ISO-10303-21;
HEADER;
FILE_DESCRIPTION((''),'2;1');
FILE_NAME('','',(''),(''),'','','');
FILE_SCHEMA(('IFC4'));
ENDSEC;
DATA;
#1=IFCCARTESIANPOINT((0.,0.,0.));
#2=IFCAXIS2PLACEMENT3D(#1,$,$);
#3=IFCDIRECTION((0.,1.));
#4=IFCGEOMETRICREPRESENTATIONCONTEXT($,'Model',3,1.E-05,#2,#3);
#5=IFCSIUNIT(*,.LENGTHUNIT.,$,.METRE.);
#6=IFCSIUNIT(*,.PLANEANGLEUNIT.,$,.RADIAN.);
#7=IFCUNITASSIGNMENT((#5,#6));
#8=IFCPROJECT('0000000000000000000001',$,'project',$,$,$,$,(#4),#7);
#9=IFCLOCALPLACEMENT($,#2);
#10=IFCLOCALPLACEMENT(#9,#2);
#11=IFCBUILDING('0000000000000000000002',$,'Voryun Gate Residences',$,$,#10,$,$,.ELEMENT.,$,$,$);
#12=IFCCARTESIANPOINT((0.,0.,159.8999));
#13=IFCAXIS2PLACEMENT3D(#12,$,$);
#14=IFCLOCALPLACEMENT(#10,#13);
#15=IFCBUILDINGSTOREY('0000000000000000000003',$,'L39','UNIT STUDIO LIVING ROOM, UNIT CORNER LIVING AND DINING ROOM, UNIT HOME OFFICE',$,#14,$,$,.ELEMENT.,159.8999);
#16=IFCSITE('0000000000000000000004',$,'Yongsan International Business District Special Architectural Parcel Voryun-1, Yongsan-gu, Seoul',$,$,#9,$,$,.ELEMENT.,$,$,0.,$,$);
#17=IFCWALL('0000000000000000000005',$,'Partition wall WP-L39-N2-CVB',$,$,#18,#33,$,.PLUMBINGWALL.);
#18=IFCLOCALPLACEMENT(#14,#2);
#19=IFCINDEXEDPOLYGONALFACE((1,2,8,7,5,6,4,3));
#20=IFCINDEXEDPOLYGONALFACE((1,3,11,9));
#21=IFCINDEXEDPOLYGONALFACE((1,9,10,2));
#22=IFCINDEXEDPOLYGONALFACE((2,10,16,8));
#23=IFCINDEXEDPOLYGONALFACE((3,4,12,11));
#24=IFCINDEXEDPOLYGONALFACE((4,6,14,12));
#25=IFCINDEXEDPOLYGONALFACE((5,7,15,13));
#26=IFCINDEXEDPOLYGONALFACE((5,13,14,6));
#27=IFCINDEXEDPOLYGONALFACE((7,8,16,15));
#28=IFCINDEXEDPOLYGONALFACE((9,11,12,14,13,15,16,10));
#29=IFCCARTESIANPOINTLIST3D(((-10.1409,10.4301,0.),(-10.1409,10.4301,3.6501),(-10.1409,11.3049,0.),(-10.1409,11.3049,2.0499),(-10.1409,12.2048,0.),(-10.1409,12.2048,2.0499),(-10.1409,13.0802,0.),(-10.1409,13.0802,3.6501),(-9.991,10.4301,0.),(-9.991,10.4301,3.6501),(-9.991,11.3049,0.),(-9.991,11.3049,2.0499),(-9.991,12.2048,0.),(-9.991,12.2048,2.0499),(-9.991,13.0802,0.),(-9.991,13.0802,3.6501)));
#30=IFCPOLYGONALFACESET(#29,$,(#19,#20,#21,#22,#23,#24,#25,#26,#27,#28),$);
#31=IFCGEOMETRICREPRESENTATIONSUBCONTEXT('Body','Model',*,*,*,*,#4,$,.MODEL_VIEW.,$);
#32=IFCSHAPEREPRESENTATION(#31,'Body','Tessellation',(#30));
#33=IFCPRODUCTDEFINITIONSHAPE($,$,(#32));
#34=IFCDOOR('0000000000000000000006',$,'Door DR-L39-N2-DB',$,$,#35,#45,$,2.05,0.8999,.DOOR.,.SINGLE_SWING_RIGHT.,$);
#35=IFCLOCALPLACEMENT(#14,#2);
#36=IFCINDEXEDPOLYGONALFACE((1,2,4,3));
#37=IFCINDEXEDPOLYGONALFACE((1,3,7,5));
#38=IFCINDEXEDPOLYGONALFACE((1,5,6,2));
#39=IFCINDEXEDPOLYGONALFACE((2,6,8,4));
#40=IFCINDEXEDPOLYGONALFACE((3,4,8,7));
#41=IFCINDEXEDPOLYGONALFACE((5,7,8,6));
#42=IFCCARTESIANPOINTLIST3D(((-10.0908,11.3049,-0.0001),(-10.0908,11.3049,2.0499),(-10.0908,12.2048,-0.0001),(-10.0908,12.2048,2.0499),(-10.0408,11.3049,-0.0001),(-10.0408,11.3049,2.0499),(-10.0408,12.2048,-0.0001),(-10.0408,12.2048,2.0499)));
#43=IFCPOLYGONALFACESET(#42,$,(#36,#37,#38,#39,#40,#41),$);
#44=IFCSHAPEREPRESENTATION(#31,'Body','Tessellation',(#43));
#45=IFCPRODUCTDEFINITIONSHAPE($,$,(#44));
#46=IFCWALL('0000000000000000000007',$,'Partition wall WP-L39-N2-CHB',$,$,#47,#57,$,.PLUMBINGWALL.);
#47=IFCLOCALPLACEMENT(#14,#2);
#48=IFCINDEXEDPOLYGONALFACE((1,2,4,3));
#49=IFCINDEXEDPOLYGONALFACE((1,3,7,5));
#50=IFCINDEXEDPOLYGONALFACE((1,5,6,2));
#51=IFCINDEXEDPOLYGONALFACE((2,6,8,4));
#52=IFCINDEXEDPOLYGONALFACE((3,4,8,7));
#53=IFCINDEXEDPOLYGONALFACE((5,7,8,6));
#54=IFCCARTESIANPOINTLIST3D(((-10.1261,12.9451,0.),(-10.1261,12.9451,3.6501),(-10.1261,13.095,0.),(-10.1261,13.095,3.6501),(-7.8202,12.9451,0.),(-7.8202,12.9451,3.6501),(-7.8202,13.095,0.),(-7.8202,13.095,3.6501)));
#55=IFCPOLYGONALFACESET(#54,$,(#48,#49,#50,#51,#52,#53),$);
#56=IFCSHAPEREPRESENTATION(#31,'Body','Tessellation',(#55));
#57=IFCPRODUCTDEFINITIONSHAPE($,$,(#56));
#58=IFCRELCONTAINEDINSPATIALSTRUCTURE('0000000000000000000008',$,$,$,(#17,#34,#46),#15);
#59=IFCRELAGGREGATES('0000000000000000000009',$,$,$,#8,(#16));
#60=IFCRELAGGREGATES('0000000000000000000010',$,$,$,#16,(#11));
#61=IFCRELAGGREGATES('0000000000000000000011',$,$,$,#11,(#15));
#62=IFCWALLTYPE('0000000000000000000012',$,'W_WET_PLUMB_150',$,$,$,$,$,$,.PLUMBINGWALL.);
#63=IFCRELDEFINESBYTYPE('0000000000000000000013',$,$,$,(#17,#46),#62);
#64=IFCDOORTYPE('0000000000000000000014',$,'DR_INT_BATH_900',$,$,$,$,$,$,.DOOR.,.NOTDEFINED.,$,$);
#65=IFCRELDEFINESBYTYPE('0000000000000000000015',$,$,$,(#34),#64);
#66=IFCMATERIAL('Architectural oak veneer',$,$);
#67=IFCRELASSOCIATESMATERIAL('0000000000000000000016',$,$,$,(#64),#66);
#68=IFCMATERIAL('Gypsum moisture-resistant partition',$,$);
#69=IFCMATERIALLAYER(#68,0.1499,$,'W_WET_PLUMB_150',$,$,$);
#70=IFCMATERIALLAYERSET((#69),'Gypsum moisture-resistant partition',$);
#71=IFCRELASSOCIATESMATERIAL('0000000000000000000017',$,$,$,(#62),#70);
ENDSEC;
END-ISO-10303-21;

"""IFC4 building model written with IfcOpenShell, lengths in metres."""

from ifc_helpers import new_model, si_unit, direction, frame, frame_2d, origin, place, context, subcontext, project, spatial, rectangle, extrude, material, layer, layer_set, type_object, element, fill, save


model = new_model("IFC4")

# Units and contexts
model_context = context("Model", 3, precision=1e-05, world=origin(), true_north=direction((0.0, 1.0)))
body_context = subcontext(model_context, "Body", "Model", "MODEL_VIEW")
ifc_project = project(units=[si_unit("LENGTHUNIT", "METRE"), si_unit("PLANEANGLEUNIT", "RADIAN")], contexts=[model_context])

# Site, building, storey
site_placement = place(None, origin())
site = spatial("IfcSite", under=ifc_project, at=site_placement, Name="Yongsan International Business District Special Architectural Parcel Voryun-1, Yongsan-gu, Seoul", CompositionType="ELEMENT", RefElevation=0.0)
building_placement = place(site_placement, origin())
building = spatial("IfcBuilding", under=site, at=building_placement, Name="Voryun Gate Residences", CompositionType="ELEMENT")
storey_placement = place(building_placement, frame((0.0, 0.0, 159.8999)))
storey = spatial("IfcBuildingStorey", under=building, at=storey_placement, Name="L39", Description="UNIT STUDIO LIVING ROOM, UNIT CORNER LIVING AND DINING ROOM, UNIT HOME OFFICE", CompositionType="ELEMENT", Elevation=159.8999)

# Shared definitions
ifc_material_1 = material(Name="Architectural oak veneer")
door_type = type_object("IfcDoorType", Name="DR_INT_BATH_900", OperationType="NOTDEFINED", PredefinedType="DOOR", material=ifc_material_1)

# Wall, opening, door
ifc_material_2 = material(Name="Gypsum moisture-resistant partition")
ifc_layer_1 = layer(ifc_material_2, 0.1499, Name="W_WET_PLUMB_150")
ifc_layer_set_1 = layer_set([ifc_layer_1], Name="Gypsum moisture-resistant partition")
wall_type_1 = type_object("IfcWallType", Name="W_WET_PLUMB_150", PredefinedType="PLUMBINGWALL", material=ifc_layer_set_1)
wall_1_placement = place(storey_placement, frame((-10.0659, 10.4299, 0.0), z_axis=(0.0, 0.0, 1.0), x_axis=(0.0, 1.0, 0.0)))
wall_1 = element("IfcWall", 1, at=wall_1_placement, inside=storey, type_object=wall_type_1, Name="Partition wall WP-L39-N2-CVB", PredefinedType="PLUMBINGWALL", context=body_context, shape_type="SweptSolid", body=[
    extrude(rectangle(XDim=2.6501, YDim=0.1499, at=frame_2d((1.3252, 0.0))), origin(), (0.0, 0.0, 1.0), 3.6501),
])
opening_1_placement = place(wall_1_placement, frame((0.875, 0.0, 0.0)))
opening_1 = element("IfcOpeningElement", 2, at=opening_1_placement, cuts=wall_1, PredefinedType="OPENING", context=body_context, shape_type="SweptSolid", body=[
    extrude(rectangle(XDim=0.8999, YDim=2.05, at=frame_2d((0.45, 1.0249))), frame((0.0, 0.085, 0.0), z_axis=(0.0, -1.0, 0.0), x_axis=(1.0, 0.0, 0.0)), (0.0, 0.0, 1.0), 0.1699),
])
door_1_placement = place(opening_1_placement, origin())
door_1 = element("IfcDoor", 3, at=door_1_placement, inside=storey, type_object=door_type, Name="Door DR-L39-N2-DB", OperationType="SINGLE_SWING_RIGHT", OverallHeight=2.05, OverallWidth=0.8999, PredefinedType="DOOR", context=body_context, shape_type="SweptSolid", body=[
    extrude(rectangle(XDim=0.8999, YDim=2.05, at=frame_2d((0.45, 1.0249))), frame((0.0, 0.0249, 0.0), z_axis=(0.0, -1.0, 0.0), x_axis=(1.0, 0.0, 0.0)), (0.0, 0.0, 1.0), 0.05),
])
fill(opening_1, door_1)

# Wall
wall_2_placement = place(storey_placement, frame((-10.126, 13.02, 0.0), z_axis=(0.0, 0.0, 1.0), x_axis=(1.0, 0.0, 0.0)))
element("IfcWall", 4, at=wall_2_placement, inside=storey, type_object=wall_type_1, Name="Partition wall WP-L39-N2-CHB", PredefinedType="PLUMBINGWALL", context=body_context, shape_type="SweptSolid", body=[
    extrude(rectangle(XDim=2.3059, YDim=0.1499, at=frame_2d((1.1528, 0.0))), origin(), (0.0, 0.0, 1.0), 3.6501),
])

save(model, "model.ifc")
